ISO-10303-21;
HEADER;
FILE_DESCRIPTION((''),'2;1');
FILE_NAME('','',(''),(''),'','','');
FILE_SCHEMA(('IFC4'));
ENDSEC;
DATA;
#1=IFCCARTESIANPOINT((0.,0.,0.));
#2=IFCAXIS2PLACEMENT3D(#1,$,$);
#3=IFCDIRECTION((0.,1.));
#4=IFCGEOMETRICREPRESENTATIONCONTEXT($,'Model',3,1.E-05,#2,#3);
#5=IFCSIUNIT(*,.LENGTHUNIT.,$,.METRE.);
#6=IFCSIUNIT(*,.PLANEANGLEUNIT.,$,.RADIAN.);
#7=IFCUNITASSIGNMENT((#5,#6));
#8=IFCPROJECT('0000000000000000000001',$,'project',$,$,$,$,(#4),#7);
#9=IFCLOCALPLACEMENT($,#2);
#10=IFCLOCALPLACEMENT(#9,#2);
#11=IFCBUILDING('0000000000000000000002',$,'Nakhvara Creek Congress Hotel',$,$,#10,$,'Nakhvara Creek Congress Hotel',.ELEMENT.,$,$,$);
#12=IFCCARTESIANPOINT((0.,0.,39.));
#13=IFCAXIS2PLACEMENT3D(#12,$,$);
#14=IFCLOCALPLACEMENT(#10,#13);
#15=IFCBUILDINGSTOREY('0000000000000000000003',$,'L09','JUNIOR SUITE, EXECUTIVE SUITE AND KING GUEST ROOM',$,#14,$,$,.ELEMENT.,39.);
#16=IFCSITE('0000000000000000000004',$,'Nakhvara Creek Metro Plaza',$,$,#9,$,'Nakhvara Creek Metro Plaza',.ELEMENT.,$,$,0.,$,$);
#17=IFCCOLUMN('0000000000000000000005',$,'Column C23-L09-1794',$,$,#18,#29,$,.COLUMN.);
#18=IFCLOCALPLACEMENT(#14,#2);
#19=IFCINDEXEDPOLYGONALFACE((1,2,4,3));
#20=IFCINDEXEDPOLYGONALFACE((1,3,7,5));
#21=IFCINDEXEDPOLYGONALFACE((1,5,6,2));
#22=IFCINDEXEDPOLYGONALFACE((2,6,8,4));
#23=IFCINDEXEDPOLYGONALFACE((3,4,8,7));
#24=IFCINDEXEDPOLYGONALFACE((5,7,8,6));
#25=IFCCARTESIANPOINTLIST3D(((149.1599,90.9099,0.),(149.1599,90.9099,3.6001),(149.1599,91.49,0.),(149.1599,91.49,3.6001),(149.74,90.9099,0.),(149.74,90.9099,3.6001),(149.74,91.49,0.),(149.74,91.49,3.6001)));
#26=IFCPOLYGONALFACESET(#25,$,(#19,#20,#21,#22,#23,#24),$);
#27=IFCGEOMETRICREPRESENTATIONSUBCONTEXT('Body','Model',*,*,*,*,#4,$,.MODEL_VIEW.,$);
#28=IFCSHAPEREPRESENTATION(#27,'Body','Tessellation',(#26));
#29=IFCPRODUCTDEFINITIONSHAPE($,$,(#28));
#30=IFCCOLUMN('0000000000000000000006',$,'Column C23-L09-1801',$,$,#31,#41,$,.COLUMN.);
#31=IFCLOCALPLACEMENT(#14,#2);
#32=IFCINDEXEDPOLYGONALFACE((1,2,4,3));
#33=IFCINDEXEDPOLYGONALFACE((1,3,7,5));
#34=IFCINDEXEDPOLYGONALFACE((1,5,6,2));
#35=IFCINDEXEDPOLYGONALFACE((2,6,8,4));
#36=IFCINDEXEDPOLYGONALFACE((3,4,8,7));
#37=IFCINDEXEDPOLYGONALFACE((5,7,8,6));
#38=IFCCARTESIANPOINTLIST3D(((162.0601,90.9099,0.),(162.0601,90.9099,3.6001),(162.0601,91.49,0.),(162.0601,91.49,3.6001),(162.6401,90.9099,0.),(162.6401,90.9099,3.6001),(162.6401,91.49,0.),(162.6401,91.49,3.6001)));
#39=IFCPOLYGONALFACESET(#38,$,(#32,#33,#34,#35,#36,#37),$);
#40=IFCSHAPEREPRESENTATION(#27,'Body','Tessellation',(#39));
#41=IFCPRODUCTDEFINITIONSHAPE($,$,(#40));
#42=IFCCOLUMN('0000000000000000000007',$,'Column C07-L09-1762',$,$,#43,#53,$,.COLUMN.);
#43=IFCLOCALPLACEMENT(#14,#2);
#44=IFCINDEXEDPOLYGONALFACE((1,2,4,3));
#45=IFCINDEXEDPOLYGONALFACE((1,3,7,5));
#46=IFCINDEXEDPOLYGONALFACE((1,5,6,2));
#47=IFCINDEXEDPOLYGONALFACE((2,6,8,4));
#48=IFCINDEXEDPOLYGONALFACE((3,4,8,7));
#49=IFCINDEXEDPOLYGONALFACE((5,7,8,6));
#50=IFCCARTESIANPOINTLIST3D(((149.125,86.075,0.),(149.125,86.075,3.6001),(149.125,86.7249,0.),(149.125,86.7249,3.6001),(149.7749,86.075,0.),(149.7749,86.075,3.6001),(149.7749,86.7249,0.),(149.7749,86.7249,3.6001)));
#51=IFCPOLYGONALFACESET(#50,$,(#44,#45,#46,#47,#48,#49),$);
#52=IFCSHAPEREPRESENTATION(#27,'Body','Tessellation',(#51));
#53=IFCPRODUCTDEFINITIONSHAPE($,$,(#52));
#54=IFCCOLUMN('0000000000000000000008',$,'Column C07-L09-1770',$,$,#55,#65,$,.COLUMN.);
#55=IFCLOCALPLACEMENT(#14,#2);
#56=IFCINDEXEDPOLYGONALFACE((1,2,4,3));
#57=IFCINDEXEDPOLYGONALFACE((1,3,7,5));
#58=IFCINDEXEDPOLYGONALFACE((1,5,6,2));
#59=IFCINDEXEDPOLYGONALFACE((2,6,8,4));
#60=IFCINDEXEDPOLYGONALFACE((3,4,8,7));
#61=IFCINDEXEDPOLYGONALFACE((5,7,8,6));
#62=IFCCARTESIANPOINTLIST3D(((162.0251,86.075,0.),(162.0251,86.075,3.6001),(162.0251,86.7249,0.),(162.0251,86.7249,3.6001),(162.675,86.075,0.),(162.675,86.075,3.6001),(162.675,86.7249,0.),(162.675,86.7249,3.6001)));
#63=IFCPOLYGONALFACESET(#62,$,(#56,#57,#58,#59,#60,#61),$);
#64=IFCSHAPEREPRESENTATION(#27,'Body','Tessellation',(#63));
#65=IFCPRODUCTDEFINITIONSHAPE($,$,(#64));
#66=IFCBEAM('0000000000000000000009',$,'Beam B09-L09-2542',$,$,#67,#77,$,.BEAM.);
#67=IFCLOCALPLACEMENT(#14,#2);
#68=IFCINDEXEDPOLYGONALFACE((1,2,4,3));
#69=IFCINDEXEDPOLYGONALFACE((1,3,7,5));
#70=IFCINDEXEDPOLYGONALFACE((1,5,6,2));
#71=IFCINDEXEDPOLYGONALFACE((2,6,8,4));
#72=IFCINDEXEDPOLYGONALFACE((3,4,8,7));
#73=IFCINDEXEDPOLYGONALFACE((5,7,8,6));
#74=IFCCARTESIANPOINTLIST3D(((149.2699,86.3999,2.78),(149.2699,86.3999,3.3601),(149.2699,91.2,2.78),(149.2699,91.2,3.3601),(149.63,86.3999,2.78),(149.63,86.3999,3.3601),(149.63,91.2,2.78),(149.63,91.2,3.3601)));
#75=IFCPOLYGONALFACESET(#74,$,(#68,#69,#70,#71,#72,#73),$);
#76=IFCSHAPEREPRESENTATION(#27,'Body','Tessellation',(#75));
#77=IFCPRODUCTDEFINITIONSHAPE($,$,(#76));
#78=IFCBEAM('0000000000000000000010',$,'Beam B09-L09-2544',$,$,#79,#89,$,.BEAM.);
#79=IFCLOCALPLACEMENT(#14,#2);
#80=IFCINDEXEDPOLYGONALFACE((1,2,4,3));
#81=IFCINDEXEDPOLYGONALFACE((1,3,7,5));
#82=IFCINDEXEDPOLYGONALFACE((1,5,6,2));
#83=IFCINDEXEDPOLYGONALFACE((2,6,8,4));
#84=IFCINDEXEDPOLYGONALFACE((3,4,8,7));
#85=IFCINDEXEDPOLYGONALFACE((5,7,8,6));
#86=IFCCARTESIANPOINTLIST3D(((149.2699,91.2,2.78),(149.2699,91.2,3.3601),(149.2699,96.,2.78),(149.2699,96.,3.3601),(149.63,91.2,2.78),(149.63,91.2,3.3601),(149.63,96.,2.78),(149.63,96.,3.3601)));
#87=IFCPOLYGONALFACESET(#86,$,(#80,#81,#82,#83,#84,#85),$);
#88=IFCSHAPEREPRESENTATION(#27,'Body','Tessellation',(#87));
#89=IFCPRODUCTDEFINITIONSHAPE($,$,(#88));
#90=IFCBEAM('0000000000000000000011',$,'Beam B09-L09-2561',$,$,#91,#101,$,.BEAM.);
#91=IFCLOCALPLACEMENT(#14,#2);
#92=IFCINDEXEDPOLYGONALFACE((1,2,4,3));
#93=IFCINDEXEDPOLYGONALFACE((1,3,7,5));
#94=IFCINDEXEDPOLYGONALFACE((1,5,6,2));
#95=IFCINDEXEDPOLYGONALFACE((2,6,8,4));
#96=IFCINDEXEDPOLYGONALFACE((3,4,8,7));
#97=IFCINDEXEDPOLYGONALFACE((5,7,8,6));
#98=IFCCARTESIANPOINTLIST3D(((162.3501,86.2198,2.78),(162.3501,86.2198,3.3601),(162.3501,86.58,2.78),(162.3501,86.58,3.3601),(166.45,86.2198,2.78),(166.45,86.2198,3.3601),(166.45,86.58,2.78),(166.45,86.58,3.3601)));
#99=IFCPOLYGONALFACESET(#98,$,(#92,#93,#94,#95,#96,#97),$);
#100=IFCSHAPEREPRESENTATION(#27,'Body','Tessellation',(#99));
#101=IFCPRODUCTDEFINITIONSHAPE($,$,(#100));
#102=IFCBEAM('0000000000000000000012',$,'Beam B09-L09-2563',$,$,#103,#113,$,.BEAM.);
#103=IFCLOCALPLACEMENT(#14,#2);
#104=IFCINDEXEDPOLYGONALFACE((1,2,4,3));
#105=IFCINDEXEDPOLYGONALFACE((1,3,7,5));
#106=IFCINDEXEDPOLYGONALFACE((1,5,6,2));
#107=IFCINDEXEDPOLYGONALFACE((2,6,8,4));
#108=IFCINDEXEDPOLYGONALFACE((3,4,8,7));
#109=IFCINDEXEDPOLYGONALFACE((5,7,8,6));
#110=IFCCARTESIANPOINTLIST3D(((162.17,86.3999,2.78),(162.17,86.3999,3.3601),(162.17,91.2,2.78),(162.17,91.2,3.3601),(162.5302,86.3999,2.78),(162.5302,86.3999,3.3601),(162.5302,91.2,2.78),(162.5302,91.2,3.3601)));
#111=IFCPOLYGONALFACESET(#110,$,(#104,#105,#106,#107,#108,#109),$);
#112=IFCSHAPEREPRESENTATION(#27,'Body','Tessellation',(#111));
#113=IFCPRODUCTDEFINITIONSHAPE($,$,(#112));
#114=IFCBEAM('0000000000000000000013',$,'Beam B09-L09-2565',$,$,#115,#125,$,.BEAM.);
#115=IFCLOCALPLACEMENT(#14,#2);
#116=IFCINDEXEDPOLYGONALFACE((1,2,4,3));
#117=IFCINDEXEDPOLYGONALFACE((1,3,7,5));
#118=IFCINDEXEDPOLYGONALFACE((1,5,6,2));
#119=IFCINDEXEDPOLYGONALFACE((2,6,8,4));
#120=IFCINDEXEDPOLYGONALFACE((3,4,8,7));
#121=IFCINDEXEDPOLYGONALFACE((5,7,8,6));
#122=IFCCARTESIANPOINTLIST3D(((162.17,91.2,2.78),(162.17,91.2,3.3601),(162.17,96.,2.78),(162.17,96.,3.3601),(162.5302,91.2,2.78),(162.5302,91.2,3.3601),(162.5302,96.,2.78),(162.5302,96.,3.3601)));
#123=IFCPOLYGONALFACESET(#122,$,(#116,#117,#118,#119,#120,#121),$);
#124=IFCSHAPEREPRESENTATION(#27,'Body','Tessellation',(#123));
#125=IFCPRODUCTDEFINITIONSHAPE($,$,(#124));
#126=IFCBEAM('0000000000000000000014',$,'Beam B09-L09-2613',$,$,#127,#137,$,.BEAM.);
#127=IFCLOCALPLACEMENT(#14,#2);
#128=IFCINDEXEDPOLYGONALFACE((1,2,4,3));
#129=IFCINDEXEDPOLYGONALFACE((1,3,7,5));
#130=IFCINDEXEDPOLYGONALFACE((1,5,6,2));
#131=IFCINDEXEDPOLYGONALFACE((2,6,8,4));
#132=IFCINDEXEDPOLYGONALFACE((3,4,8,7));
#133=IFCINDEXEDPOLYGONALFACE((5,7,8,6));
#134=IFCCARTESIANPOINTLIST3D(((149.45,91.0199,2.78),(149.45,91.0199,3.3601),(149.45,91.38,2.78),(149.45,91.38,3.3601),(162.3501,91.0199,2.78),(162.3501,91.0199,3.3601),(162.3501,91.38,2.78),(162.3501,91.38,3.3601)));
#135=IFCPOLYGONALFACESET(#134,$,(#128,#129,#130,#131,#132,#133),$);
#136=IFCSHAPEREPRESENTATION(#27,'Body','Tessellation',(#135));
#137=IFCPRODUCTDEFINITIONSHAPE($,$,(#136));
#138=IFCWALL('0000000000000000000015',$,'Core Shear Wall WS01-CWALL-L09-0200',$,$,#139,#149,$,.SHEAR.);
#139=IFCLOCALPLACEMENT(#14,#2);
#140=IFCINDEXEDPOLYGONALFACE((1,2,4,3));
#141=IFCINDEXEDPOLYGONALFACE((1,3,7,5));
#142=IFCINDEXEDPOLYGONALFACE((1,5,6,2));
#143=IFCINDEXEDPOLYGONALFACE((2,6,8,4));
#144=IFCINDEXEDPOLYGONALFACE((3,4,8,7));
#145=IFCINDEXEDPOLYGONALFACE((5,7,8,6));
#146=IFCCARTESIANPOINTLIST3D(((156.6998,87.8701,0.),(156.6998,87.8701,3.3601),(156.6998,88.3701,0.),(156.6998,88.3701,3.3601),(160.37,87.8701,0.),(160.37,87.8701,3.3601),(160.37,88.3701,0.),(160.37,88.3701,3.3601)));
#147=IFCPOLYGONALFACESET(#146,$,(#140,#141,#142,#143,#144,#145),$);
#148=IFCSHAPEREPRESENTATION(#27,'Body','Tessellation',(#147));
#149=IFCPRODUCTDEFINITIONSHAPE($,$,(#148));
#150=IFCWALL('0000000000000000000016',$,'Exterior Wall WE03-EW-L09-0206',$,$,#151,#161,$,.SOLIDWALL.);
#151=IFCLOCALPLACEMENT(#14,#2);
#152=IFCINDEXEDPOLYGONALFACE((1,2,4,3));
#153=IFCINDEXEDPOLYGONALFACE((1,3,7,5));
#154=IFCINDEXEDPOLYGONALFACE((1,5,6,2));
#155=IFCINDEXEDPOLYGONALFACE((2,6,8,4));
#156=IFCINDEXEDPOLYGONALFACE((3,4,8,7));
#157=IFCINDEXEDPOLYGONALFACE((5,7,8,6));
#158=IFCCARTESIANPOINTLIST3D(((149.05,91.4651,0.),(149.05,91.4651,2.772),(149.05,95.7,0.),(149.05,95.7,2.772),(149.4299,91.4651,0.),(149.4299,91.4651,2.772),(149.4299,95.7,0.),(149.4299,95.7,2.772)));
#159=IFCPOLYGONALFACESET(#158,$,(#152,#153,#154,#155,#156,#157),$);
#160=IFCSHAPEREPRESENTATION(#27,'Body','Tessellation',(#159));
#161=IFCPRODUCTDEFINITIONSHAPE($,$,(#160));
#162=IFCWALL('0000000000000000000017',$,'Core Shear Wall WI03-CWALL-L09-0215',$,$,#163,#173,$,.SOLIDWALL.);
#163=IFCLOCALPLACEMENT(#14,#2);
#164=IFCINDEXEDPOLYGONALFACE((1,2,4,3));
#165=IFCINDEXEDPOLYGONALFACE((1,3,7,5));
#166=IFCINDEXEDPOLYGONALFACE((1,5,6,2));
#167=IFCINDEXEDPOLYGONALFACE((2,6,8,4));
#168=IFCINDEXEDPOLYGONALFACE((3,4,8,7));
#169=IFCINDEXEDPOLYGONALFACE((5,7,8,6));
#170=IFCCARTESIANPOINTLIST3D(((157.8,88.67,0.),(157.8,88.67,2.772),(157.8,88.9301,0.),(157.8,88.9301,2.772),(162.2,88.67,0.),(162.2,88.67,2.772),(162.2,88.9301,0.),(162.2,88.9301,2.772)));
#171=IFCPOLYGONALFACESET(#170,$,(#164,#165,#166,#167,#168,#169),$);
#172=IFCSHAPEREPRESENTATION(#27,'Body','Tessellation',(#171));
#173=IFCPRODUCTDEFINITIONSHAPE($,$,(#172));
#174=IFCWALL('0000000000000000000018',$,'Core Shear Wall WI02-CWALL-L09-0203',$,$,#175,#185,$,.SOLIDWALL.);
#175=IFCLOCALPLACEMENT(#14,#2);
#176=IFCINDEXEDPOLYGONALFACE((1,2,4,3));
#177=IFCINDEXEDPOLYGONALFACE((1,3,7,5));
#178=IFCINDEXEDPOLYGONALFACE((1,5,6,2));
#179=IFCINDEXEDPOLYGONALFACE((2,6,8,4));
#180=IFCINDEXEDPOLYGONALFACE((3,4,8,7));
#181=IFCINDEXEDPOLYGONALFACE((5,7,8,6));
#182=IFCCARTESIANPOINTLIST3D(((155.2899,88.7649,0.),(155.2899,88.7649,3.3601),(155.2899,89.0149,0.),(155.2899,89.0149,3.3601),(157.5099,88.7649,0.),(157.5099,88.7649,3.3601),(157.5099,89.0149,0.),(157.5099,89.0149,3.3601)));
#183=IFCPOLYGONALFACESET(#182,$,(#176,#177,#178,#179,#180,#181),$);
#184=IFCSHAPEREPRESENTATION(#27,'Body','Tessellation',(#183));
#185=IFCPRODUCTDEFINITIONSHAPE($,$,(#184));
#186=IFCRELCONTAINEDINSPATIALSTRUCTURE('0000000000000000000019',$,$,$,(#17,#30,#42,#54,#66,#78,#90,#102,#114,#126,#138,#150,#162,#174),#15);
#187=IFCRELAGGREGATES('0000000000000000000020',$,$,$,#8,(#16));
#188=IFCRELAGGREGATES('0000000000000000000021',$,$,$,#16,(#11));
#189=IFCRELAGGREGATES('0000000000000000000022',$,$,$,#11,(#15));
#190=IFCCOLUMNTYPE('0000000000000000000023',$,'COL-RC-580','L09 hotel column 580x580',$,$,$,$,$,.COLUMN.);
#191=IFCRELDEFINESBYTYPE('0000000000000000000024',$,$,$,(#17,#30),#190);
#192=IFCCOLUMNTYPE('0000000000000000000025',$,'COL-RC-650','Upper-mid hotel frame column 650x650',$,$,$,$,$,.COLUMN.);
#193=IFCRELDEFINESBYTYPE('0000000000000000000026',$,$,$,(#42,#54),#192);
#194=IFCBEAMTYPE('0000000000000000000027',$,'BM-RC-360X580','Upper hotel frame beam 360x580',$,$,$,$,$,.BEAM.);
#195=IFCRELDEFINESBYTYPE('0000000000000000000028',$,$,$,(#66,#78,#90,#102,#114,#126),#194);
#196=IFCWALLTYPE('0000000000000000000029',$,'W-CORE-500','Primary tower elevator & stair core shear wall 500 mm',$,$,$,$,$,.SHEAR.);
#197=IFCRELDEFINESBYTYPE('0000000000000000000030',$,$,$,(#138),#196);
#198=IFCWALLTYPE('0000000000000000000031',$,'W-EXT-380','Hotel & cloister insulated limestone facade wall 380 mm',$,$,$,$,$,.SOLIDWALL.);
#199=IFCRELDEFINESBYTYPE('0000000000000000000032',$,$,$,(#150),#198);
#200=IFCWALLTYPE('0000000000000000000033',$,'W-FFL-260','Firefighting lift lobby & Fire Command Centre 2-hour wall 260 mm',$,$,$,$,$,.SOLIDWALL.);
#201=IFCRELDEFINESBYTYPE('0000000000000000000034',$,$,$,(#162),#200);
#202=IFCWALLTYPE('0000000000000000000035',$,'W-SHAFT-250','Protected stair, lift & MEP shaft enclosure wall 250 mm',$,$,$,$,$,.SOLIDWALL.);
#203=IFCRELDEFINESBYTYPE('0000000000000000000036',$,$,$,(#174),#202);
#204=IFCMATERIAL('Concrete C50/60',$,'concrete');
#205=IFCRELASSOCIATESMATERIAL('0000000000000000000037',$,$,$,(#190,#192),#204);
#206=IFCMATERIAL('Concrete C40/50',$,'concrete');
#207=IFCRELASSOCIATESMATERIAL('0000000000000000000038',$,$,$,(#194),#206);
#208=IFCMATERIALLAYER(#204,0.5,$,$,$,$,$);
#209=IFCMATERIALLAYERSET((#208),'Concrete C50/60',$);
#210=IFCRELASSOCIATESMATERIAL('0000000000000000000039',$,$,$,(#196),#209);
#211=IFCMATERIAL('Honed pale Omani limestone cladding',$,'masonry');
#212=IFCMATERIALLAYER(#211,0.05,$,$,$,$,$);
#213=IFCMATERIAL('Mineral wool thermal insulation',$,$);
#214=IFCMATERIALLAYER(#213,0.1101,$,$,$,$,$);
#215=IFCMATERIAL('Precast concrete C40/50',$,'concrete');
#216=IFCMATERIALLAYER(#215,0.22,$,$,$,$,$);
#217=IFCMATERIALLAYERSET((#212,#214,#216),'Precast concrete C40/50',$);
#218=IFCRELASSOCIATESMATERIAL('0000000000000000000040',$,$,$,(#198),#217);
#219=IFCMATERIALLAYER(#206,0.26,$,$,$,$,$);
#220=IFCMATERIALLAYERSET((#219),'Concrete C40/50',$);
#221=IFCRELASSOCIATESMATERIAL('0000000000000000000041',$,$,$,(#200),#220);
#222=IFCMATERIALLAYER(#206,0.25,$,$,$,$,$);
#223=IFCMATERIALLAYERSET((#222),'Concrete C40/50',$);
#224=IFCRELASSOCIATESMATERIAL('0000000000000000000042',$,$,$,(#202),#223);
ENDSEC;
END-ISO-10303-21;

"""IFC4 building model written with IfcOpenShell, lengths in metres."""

from ifc_helpers import new_model, si_unit, direction, frame, frame_2d, origin, origin_2d, place, context, subcontext, project, spatial, rectangle, extrude, material, layer, layer_set, material_profile, profile_set, type_object, element, save


model = new_model("IFC4")

# Units and contexts
model_context = context("Model", 3, precision=1e-05, world=origin(), true_north=direction((0.0, 1.0)))
body_context = subcontext(model_context, "Body", "Model", "MODEL_VIEW")
ifc_project = project(units=[si_unit("LENGTHUNIT", "METRE"), si_unit("PLANEANGLEUNIT", "RADIAN")], contexts=[model_context])

# Site, building, storey
site_placement = place(None, origin())
site = spatial("IfcSite", under=ifc_project, at=site_placement, Name="Nakhvara Creek Metro Plaza", LongName="Nakhvara Creek Metro Plaza", CompositionType="ELEMENT", RefElevation=0.0)
building_placement = place(site_placement, origin())
building = spatial("IfcBuilding", under=site, at=building_placement, Name="Nakhvara Creek Congress Hotel", LongName="Nakhvara Creek Congress Hotel", CompositionType="ELEMENT")
storey_placement = place(building_placement, frame((0.0, 0.0, 39.0)))
storey = spatial("IfcBuildingStorey", under=building, at=storey_placement, Name="L09", Description="JUNIOR SUITE, EXECUTIVE SUITE AND KING GUEST ROOM", CompositionType="ELEMENT", Elevation=39.0)

# Columns
ifc_material_1 = material(Name="Concrete C50/60", Category="concrete")
ifc_material_profile_1 = material_profile(ifc_material_1, rectangle(XDim=0.5801, YDim=0.5801, at=origin_2d()), Name="RC-COL 580x580", Category="LoadBearing")
ifc_profile_set_1 = profile_set([ifc_material_profile_1], Name="Concrete C50/60")
column_type_1 = type_object("IfcColumnType", Name="COL-RC-580", Description="L09 hotel column 580x580", PredefinedType="COLUMN", material=ifc_profile_set_1)
for number, where, z_axis, x_axis, name in (
    (1, (149.45, 91.2, 0.0), (0.0, 0.0, 1.0), (1.0, 0.0, 0.0), "Column C23-L09-1794"),
    (2, (162.3501, 91.2, 0.0), (0.0, 0.0, 1.0), (1.0, 0.0, 0.0), "Column C23-L09-1801"),
):
    element("IfcColumn", number, at=place(storey_placement, frame(where, z_axis=z_axis, x_axis=x_axis)), inside=storey, type_object=column_type_1, Name=name, PredefinedType="COLUMN", context=body_context, shape_type="SweptSolid", body=[
        extrude(rectangle(XDim=0.5801, YDim=0.5801, at=origin_2d()), origin(), (0.0, 0.0, 1.0), 3.6001),
    ])
ifc_material_profile_2 = material_profile(ifc_material_1, rectangle(XDim=0.6499, YDim=0.6499, at=origin_2d()), Name="RC-COL 650x650", Category="LoadBearing")
ifc_profile_set_2 = profile_set([ifc_material_profile_2], Name="Concrete C50/60")
column_type_2 = type_object("IfcColumnType", Name="COL-RC-650", Description="Upper-mid hotel frame column 650x650", PredefinedType="COLUMN", material=ifc_profile_set_2)
for number, where, z_axis, x_axis, name in (
    (3, (149.45, 86.3999, 0.0), (0.0, 0.0, 1.0), (1.0, 0.0, 0.0), "Column C07-L09-1762"),
    (4, (162.3501, 86.3999, 0.0), (0.0, 0.0, 1.0), (1.0, 0.0, 0.0), "Column C07-L09-1770"),
):
    element("IfcColumn", number, at=place(storey_placement, frame(where, z_axis=z_axis, x_axis=x_axis)), inside=storey, type_object=column_type_2, Name=name, PredefinedType="COLUMN", context=body_context, shape_type="SweptSolid", body=[
        extrude(rectangle(XDim=0.6499, YDim=0.6499, at=origin_2d()), origin(), (0.0, 0.0, 1.0), 3.6001),
    ])

# Beams
ifc_material_2 = material(Name="Concrete C40/50", Category="concrete")
ifc_material_profile_3 = material_profile(ifc_material_2, rectangle(XDim=0.3601, YDim=0.5801, at=origin_2d()), Name="RC-BM 360x580", Category="LoadBearing")
ifc_profile_set_3 = profile_set([ifc_material_profile_3], Name="Concrete C40/50")
beam_type = type_object("IfcBeamType", Name="BM-RC-360X580", Description="Upper hotel frame beam 360x580", PredefinedType="BEAM", material=ifc_profile_set_3)
for number, where, z_axis, x_axis, name in (
    (5, (149.45, 86.3999, 3.0701), (0.0, 1.0, 0.0), (-1.0, 0.0, 0.0), "Beam B09-L09-2542"),
    (6, (149.45, 91.2, 3.0701), (0.0, 1.0, 0.0), (-1.0, 0.0, 0.0), "Beam B09-L09-2544"),
):
    element("IfcBeam", number, at=place(storey_placement, frame(where, z_axis=z_axis, x_axis=x_axis)), inside=storey, type_object=beam_type, Name=name, PredefinedType="BEAM", context=body_context, shape_type="SweptSolid", body=[
        extrude(rectangle(XDim=0.3601, YDim=0.5801, at=origin_2d()), origin(), (0.0, 0.0, 1.0), 4.8),
    ])
beam_1_placement = place(storey_placement, frame((162.3501, 86.3999, 3.0701), z_axis=(1.0, 0.0, 0.0), x_axis=(0.0, 1.0, 0.0)))
element("IfcBeam", 7, at=beam_1_placement, inside=storey, type_object=beam_type, Name="Beam B09-L09-2561", PredefinedType="BEAM", context=body_context, shape_type="SweptSolid", body=[
    extrude(rectangle(XDim=0.3601, YDim=0.5801, at=origin_2d()), origin(), (0.0, 0.0, 1.0), 4.0999),
])
for number, where, z_axis, x_axis, name in (
    (8, (162.3501, 86.3999, 3.0701), (0.0, 1.0, 0.0), (-1.0, 0.0, 0.0), "Beam B09-L09-2563"),
    (9, (162.3501, 91.2, 3.0701), (0.0, 1.0, 0.0), (-1.0, 0.0, 0.0), "Beam B09-L09-2565"),
):
    element("IfcBeam", number, at=place(storey_placement, frame(where, z_axis=z_axis, x_axis=x_axis)), inside=storey, type_object=beam_type, Name=name, PredefinedType="BEAM", context=body_context, shape_type="SweptSolid", body=[
        extrude(rectangle(XDim=0.3601, YDim=0.5801, at=origin_2d()), origin(), (0.0, 0.0, 1.0), 4.8),
    ])
beam_2_placement = place(storey_placement, frame((149.45, 91.2, 3.0701), z_axis=(1.0, 0.0, 0.0), x_axis=(0.0, 1.0, 0.0)))
element("IfcBeam", 10, at=beam_2_placement, inside=storey, type_object=beam_type, Name="Beam B09-L09-2613", PredefinedType="BEAM", context=body_context, shape_type="SweptSolid", body=[
    extrude(rectangle(XDim=0.3601, YDim=0.5801, at=origin_2d()), origin(), (0.0, 0.0, 1.0), 12.9001),
])

# Walls
ifc_layer_1 = layer(ifc_material_1, 0.5)
ifc_layer_set_1 = layer_set([ifc_layer_1], Name="Concrete C50/60")
wall_type_1 = type_object("IfcWallType", Name="W-CORE-500", Description="Primary tower elevator & stair core shear wall 500 mm", PredefinedType="SHEAR", material=ifc_layer_set_1)
wall_1_placement = place(storey_placement, frame((156.7, 88.1201, 0.0), z_axis=(0.0, 0.0, 1.0), x_axis=(1.0, 0.0, 0.0)))
element("IfcWall", 11, at=wall_1_placement, inside=storey, type_object=wall_type_1, Name="Core Shear Wall WS01-CWALL-L09-0200", PredefinedType="SHEAR", context=body_context, shape_type="SweptSolid", body=[
    extrude(rectangle(XDim=3.6702, YDim=0.5, at=frame_2d((1.835, 0.0))), origin(), (0.0, 0.0, 1.0), 3.3601),
])
ifc_material_3 = material(Name="Honed pale Omani limestone cladding", Category="masonry")
ifc_layer_2 = layer(ifc_material_3, 0.05)
ifc_material_4 = material(Name="Mineral wool thermal insulation")
ifc_layer_3 = layer(ifc_material_4, 0.1101)
ifc_material_5 = material(Name="Precast concrete C40/50", Category="concrete")
ifc_layer_4 = layer(ifc_material_5, 0.22)
ifc_layer_set_2 = layer_set([ifc_layer_2, ifc_layer_3, ifc_layer_4], Name="Precast concrete C40/50")
wall_type_2 = type_object("IfcWallType", Name="W-EXT-380", Description="Hotel & cloister insulated limestone facade wall 380 mm", PredefinedType="SOLIDWALL", material=ifc_layer_set_2)
wall_2_placement = place(storey_placement, frame((149.24, 91.4651, 0.0), z_axis=(0.0, 0.0, 1.0), x_axis=(0.0, 1.0, 0.0)))
element("IfcWall", 12, at=wall_2_placement, inside=storey, type_object=wall_type_2, Name="Exterior Wall WE03-EW-L09-0206", PredefinedType="SOLIDWALL", context=body_context, shape_type="SweptSolid", body=[
    extrude(rectangle(XDim=4.2349, YDim=0.3799, at=frame_2d((2.1174, 0.0))), origin(), (0.0, 0.0, 1.0), 2.772),
])

# Shared definitions
ifc_layer_5 = layer(ifc_material_2, 0.26)
ifc_layer_set_3 = layer_set([ifc_layer_5], Name="Concrete C40/50")
wall_type_3 = type_object("IfcWallType", Name="W-FFL-260", Description="Firefighting lift lobby & Fire Command Centre 2-hour wall 260 mm", PredefinedType="SOLIDWALL", material=ifc_layer_set_3)

# Walls
wall_3_placement = place(storey_placement, frame((157.8, 88.8, 0.0), z_axis=(0.0, 0.0, 1.0), x_axis=(1.0, 0.0, 0.0)))
element("IfcWall", 13, at=wall_3_placement, inside=storey, type_object=wall_type_3, Name="Core Shear Wall WI03-CWALL-L09-0215", PredefinedType="SOLIDWALL", context=body_context, shape_type="SweptSolid", body=[
    extrude(rectangle(XDim=4.3999, YDim=0.26, at=frame_2d((2.2, 0.0))), origin(), (0.0, 0.0, 1.0), 2.772),
])
ifc_layer_6 = layer(ifc_material_2, 0.25)
ifc_layer_set_4 = layer_set([ifc_layer_6], Name="Concrete C40/50")
wall_type_4 = type_object("IfcWallType", Name="W-SHAFT-250", Description="Protected stair, lift & MEP shaft enclosure wall 250 mm", PredefinedType="SOLIDWALL", material=ifc_layer_set_4)
wall_4_placement = place(storey_placement, frame((155.29, 88.8899, 0.0), z_axis=(0.0, 0.0, 1.0), x_axis=(1.0, 0.0, 0.0)))
element("IfcWall", 14, at=wall_4_placement, inside=storey, type_object=wall_type_4, Name="Core Shear Wall WI02-CWALL-L09-0203", PredefinedType="SOLIDWALL", context=body_context, shape_type="SweptSolid", body=[
    extrude(rectangle(XDim=2.22, YDim=0.25, at=frame_2d((1.1099, 0.0))), origin(), (0.0, 0.0, 1.0), 3.3601),
])

save(model, "model.ifc")
